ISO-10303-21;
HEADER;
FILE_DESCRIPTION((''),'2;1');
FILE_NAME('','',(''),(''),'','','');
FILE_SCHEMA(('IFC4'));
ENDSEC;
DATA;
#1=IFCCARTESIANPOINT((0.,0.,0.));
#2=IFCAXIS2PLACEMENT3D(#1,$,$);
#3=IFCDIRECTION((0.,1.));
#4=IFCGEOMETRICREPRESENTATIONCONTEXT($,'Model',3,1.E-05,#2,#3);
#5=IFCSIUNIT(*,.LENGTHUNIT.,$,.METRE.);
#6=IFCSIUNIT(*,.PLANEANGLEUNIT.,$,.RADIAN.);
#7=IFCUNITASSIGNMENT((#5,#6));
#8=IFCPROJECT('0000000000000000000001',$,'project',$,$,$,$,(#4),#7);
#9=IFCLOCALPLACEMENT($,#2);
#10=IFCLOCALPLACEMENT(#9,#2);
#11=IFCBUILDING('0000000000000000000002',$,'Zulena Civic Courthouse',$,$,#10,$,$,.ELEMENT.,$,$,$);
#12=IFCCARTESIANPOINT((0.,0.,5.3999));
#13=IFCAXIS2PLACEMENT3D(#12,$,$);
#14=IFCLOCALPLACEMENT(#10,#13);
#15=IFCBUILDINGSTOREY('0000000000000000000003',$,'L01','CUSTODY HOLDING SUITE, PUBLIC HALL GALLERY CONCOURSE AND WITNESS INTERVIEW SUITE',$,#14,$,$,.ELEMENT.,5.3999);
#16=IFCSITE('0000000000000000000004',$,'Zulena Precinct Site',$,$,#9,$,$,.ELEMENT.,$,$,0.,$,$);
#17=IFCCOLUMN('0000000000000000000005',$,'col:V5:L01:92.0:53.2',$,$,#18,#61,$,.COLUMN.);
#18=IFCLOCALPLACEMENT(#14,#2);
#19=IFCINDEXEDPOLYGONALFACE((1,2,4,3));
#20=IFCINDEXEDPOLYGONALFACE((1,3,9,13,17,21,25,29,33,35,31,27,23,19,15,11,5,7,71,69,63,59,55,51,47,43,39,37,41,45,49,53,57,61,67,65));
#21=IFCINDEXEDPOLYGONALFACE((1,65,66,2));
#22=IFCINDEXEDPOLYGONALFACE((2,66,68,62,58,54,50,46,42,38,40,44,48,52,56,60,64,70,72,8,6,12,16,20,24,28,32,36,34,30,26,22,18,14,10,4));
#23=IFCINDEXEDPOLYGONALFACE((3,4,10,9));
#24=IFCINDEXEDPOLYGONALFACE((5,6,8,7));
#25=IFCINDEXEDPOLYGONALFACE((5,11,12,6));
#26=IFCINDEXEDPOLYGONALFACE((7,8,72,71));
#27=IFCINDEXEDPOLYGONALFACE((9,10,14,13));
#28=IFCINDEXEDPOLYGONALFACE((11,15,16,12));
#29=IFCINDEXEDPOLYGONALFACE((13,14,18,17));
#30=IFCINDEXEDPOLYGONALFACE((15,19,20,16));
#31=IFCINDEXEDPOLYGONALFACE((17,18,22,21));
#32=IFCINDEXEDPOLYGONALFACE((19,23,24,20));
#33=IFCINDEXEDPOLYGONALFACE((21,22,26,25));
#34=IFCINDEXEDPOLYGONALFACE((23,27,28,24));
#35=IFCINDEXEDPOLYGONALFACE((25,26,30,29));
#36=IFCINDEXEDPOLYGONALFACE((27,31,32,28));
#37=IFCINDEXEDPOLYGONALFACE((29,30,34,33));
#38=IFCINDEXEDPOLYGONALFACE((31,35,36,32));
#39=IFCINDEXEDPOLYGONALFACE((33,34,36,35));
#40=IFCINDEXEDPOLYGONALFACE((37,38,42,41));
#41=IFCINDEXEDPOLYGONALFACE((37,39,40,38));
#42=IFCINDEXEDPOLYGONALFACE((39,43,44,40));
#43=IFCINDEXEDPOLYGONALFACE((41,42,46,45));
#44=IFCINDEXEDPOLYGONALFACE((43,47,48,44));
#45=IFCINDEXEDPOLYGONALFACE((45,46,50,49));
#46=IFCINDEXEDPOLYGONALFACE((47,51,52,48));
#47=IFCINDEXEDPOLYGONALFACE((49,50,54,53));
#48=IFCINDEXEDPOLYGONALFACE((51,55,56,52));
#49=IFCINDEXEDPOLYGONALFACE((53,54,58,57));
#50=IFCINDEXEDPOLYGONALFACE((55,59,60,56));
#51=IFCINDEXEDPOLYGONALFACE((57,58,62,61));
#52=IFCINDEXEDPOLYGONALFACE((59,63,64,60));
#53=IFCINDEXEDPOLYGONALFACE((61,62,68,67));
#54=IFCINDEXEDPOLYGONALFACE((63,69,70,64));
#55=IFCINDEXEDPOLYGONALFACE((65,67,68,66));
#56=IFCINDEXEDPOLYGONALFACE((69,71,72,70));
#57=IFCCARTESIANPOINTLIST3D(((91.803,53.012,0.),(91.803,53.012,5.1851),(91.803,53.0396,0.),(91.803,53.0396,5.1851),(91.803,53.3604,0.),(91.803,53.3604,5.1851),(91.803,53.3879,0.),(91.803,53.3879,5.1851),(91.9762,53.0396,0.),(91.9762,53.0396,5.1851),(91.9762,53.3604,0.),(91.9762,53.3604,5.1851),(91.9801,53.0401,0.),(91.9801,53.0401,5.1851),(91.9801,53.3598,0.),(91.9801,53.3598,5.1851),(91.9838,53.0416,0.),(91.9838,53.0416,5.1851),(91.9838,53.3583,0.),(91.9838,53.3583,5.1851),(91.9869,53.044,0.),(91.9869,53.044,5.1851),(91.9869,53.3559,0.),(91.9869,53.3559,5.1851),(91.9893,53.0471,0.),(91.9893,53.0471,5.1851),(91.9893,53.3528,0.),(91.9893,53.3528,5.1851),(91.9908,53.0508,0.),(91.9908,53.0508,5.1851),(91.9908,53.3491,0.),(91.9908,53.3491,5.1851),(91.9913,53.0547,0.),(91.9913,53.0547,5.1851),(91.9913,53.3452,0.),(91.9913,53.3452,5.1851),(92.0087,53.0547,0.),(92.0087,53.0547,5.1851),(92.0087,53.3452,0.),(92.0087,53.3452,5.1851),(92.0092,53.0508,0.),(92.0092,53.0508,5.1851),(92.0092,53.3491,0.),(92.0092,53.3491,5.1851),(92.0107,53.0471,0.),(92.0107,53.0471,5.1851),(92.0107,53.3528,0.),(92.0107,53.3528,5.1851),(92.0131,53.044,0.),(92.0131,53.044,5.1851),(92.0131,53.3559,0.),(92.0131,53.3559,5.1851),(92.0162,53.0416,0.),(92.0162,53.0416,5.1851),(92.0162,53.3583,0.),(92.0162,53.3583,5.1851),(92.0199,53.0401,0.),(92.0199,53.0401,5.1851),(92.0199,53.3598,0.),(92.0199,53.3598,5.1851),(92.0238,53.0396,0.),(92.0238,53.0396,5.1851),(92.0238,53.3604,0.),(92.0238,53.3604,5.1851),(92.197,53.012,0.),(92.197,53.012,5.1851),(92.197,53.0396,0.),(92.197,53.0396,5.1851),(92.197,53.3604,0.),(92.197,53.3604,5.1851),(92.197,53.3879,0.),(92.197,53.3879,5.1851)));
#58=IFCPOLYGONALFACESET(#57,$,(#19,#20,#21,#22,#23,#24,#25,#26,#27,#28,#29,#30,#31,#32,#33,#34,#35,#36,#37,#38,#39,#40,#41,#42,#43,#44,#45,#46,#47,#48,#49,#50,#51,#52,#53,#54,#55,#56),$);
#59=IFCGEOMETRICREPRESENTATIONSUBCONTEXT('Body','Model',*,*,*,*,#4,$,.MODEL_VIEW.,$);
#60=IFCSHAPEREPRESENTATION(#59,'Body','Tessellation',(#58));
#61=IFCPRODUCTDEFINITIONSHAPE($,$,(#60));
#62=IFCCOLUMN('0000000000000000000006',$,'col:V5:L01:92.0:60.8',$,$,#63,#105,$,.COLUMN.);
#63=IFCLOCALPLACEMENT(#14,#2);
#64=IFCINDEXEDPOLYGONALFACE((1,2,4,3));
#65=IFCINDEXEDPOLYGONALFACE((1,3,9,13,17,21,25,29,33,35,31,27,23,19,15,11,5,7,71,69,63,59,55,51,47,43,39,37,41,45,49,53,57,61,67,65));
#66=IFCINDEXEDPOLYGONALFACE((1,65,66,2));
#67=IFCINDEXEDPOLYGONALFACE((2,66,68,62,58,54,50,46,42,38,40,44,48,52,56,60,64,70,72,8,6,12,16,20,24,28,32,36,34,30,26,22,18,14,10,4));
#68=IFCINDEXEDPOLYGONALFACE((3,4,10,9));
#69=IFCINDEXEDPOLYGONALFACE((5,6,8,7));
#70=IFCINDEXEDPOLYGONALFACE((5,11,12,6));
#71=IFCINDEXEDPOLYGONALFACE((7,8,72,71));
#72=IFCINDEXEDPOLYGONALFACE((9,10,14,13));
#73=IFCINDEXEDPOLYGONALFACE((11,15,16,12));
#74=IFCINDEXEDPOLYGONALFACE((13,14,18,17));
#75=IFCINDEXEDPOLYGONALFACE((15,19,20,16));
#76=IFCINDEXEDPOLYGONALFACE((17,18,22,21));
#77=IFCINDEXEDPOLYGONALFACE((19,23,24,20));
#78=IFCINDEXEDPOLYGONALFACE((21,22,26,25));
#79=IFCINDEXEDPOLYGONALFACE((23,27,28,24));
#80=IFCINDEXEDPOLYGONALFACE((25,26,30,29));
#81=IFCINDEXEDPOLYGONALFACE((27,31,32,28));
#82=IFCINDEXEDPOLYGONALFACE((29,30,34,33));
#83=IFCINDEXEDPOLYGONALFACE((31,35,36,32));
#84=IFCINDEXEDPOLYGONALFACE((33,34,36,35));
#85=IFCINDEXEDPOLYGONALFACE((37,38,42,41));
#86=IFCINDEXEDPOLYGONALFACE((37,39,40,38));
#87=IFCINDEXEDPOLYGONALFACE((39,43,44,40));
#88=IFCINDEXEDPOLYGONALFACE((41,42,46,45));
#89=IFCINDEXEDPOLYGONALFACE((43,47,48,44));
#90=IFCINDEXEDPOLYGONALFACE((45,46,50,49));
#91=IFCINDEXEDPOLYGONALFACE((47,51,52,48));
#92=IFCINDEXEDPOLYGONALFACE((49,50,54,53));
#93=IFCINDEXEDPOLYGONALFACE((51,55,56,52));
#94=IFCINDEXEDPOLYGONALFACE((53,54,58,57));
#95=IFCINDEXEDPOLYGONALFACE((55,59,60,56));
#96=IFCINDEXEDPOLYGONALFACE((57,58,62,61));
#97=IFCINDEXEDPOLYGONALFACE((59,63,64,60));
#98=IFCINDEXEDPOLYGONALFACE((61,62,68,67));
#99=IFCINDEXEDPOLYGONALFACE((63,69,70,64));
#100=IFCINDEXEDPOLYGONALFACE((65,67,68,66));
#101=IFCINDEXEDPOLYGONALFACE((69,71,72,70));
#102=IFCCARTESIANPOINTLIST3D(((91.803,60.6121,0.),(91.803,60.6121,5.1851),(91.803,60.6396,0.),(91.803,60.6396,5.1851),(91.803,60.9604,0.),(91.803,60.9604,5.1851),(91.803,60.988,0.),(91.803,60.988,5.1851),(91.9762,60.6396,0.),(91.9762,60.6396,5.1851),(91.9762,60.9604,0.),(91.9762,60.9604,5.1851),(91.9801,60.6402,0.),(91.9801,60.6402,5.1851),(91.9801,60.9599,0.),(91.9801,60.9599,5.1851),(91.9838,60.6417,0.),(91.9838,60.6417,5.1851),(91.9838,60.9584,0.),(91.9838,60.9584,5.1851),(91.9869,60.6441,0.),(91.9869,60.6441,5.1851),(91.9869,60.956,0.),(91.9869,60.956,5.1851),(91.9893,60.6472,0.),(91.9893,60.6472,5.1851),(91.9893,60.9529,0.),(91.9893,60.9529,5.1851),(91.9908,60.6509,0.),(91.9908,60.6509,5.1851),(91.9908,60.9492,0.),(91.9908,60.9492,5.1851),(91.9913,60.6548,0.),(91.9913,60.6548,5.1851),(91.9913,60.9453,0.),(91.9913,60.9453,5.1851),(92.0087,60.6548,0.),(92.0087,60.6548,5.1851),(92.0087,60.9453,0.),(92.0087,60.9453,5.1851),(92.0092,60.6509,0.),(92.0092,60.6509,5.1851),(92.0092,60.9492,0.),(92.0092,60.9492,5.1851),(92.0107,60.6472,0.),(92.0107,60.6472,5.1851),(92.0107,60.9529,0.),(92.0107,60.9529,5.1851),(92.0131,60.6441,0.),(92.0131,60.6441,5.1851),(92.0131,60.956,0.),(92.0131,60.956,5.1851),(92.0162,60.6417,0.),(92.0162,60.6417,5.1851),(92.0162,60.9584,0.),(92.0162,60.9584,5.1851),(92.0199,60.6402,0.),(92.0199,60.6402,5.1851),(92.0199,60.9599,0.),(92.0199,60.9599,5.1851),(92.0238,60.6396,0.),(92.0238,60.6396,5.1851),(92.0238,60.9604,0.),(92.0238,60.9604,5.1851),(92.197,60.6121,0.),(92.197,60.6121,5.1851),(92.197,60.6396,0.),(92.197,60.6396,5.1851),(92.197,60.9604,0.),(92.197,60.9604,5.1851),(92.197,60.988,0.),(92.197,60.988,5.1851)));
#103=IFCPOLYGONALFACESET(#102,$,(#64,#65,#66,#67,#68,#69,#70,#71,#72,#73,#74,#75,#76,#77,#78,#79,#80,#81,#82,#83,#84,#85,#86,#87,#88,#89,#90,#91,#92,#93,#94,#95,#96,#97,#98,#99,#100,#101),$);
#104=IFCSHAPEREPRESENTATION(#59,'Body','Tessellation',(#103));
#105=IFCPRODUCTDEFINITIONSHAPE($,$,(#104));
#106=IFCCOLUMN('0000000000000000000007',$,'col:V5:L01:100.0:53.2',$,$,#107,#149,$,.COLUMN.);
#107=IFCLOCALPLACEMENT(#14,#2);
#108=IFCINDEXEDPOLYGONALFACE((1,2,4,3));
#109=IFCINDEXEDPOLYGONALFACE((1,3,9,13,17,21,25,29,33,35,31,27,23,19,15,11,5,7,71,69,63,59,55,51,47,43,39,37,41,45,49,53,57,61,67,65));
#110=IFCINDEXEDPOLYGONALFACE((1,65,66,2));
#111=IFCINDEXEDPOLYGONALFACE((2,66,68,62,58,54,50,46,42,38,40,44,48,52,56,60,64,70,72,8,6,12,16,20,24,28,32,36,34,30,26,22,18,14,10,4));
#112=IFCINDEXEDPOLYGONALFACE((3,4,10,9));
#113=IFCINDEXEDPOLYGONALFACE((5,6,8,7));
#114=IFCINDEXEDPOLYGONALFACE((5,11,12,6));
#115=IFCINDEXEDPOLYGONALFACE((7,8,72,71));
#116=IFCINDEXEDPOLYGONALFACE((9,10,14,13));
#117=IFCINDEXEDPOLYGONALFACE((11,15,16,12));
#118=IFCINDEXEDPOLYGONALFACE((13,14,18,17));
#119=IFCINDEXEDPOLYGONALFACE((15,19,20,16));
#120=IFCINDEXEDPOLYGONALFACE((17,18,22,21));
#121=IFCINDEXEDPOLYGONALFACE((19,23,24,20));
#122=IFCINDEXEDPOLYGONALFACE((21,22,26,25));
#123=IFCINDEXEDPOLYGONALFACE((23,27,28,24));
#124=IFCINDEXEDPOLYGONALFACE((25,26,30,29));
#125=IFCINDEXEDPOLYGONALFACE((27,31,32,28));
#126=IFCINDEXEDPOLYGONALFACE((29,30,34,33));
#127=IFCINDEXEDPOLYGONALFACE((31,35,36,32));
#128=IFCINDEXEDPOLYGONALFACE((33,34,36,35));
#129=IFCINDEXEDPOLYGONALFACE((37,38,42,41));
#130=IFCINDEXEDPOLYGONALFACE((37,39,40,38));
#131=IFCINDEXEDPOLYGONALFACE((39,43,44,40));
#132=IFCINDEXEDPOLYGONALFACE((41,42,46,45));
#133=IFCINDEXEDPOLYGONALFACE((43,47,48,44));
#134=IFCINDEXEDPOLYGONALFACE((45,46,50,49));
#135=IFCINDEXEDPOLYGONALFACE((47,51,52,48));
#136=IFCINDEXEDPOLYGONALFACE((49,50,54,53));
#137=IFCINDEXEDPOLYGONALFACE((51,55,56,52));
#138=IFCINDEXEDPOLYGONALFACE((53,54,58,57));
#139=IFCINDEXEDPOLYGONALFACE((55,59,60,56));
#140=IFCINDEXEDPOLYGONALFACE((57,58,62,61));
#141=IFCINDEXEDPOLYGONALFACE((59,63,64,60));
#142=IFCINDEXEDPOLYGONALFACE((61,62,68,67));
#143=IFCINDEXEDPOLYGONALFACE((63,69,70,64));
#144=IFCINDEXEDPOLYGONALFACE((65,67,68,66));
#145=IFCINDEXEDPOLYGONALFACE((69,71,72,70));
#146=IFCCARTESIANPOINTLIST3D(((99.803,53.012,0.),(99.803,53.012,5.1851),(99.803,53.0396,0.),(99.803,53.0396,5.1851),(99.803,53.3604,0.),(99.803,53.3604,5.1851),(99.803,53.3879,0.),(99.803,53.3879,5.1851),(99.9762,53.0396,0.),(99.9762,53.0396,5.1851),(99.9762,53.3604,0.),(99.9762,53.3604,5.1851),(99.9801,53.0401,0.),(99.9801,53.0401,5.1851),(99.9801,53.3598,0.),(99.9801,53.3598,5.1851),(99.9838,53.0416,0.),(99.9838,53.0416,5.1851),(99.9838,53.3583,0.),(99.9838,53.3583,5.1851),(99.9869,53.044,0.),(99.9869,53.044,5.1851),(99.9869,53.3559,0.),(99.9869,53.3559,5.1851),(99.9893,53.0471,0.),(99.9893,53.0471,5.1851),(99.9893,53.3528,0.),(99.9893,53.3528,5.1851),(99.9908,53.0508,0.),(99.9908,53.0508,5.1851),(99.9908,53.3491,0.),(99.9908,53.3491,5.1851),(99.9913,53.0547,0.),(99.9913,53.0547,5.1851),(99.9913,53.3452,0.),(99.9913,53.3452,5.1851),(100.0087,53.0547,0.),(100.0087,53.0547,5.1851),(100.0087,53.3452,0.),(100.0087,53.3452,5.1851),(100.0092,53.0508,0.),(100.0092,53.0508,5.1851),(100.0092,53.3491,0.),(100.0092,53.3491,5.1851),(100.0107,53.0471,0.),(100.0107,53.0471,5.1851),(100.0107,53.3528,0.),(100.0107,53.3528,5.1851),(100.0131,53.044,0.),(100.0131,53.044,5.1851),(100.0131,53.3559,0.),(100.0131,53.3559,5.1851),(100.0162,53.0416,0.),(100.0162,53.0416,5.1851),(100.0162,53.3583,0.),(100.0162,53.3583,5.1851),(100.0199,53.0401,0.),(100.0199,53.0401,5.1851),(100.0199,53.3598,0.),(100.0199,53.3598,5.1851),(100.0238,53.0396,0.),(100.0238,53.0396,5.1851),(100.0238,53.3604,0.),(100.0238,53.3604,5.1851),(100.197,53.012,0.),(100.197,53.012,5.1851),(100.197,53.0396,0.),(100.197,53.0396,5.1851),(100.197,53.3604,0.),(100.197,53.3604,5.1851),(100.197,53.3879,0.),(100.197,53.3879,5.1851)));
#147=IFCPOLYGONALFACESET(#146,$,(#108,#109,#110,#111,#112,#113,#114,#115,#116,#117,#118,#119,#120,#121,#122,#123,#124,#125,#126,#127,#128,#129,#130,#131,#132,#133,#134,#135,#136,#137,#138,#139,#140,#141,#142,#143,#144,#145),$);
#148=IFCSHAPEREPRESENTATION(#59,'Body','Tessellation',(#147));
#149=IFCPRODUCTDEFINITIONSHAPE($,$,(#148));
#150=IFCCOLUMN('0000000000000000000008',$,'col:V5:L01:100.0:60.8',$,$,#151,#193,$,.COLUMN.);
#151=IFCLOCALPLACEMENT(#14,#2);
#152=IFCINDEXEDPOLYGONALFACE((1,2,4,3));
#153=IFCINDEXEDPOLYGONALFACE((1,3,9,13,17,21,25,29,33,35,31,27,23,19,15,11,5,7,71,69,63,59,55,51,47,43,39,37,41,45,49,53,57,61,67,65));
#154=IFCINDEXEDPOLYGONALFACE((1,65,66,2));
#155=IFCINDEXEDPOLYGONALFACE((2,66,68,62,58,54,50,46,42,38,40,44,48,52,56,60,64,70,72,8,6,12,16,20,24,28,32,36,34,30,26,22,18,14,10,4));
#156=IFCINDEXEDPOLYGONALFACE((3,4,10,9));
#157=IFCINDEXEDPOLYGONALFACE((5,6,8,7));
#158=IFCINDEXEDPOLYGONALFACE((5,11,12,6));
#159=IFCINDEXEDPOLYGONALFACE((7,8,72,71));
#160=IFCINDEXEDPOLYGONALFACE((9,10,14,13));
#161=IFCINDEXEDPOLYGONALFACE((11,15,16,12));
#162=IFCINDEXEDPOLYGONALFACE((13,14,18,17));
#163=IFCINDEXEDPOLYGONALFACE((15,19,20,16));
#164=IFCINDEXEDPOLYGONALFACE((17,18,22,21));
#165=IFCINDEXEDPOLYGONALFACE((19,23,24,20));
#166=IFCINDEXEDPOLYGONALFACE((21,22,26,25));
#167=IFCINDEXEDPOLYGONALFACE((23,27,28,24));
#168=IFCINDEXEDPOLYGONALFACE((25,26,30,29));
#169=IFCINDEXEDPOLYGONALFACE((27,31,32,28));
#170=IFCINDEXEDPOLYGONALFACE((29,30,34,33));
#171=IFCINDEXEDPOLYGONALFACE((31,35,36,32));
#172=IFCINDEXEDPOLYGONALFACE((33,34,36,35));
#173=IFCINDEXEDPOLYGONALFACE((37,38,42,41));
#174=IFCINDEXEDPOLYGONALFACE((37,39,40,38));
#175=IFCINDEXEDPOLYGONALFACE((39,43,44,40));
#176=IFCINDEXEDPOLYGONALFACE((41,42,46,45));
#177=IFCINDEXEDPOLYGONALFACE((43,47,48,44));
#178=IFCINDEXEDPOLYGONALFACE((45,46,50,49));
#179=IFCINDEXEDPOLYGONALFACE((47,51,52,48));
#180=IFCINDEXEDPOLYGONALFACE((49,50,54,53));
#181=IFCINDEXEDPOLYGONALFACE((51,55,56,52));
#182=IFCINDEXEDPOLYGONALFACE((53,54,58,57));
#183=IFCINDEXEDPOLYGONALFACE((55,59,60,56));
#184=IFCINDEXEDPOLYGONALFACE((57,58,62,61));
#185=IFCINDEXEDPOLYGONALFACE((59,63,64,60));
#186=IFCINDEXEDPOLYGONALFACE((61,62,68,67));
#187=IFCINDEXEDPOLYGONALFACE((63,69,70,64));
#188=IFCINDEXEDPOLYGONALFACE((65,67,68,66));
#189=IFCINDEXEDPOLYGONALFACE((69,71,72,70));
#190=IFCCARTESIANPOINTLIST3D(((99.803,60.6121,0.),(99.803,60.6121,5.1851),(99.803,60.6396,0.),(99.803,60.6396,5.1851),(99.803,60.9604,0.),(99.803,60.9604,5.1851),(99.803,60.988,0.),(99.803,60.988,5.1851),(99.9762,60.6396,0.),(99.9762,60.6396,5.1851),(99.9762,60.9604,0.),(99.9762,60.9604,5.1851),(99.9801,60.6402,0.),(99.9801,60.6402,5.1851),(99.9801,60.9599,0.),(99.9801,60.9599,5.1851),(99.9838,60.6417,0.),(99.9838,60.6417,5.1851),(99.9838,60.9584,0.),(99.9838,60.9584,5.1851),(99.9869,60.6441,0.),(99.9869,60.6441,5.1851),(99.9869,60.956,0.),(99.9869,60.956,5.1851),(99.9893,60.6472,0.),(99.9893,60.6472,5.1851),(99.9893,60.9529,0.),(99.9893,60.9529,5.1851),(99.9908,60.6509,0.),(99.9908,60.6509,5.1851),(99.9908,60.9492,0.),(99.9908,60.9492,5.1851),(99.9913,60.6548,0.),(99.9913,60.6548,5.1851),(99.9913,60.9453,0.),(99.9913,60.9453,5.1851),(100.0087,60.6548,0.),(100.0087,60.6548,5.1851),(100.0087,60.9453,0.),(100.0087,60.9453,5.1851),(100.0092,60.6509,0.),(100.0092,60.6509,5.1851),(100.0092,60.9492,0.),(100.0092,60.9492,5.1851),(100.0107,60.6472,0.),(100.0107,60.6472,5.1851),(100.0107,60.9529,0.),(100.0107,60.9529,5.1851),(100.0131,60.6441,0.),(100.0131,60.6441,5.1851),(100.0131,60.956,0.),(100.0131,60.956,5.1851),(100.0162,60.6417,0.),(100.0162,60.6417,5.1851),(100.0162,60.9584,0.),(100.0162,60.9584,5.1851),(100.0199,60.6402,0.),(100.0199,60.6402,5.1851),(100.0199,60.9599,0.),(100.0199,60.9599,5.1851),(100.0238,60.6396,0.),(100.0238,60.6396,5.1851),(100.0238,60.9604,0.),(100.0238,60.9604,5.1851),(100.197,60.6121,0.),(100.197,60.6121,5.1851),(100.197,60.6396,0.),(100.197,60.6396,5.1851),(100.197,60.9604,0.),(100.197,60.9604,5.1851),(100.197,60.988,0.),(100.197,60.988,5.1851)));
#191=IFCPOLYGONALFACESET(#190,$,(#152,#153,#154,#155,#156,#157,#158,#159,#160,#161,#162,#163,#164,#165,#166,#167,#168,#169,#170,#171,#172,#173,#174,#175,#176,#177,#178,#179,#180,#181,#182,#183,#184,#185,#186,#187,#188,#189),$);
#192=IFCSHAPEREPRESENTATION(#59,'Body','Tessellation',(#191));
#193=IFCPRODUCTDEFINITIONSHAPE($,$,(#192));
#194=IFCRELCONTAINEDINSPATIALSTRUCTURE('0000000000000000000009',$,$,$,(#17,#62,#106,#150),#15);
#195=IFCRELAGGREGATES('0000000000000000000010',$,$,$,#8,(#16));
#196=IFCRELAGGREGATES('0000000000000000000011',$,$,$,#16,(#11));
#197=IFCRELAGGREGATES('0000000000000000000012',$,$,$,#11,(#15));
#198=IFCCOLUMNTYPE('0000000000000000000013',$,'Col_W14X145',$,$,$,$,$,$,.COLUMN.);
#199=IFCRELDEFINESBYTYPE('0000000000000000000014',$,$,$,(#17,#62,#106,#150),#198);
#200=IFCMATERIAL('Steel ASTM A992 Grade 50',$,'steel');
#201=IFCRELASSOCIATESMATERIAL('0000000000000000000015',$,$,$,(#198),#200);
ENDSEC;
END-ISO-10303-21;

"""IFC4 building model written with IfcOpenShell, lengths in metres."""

from ifc_helpers import new_model, si_unit, direction, frame, origin, origin_2d, place, context, subcontext, project, spatial, i_section, extrude, material, material_profile, profile_set, type_object, element, save


model = new_model("IFC4")

# Units and contexts
model_context = context("Model", 3, precision=1e-05, world=origin(), true_north=direction((0.0, 1.0)))
body_context = subcontext(model_context, "Body", "Model", "MODEL_VIEW")
ifc_project = project(units=[si_unit("LENGTHUNIT", "METRE"), si_unit("PLANEANGLEUNIT", "RADIAN")], contexts=[model_context])

# Site, building, storey
site_placement = place(None, origin())
site = spatial("IfcSite", under=ifc_project, at=site_placement, Name="Zulena Precinct Site", CompositionType="ELEMENT", RefElevation=0.0)
building_placement = place(site_placement, origin())
building = spatial("IfcBuilding", under=site, at=building_placement, Name="Zulena Civic Courthouse", CompositionType="ELEMENT")
storey_placement = place(building_placement, frame((0.0, 0.0, 5.3999)))
storey = spatial("IfcBuildingStorey", under=building, at=storey_placement, Name="L01", Description="CUSTODY HOLDING SUITE, PUBLIC HALL GALLERY CONCOURSE AND WITNESS INTERVIEW SUITE", CompositionType="ELEMENT", Elevation=5.3999)

# Columns
ifc_material_1 = material(Name="Steel ASTM A992 Grade 50", Category="steel")
ifc_material_profile_1 = material_profile(ifc_material_1, i_section(OverallWidth=0.394, OverallDepth=0.376, WebThickness=0.0173, FlangeThickness=0.0276, FilletRadius=0.0151, at=origin_2d()), Name="W14X145")
ifc_profile_set_1 = profile_set([ifc_material_profile_1], Name="Steel ASTM A992 Grade 50")
column_type_1 = type_object("IfcColumnType", Name="Col_W14X145", PredefinedType="COLUMN", material=ifc_profile_set_1)
for number, where, z_axis, x_axis, name in (
    (1, (92.0, 53.2, 0.0), (0.0, 0.0, 1.0), (1.0, 0.0, 0.0), "col:V5:L01:92.0:53.2"),
    (2, (92.0, 60.8, 0.0), (0.0, 0.0, 1.0), (1.0, 0.0, 0.0), "col:V5:L01:92.0:60.8"),
    (3, (100.0, 53.2, 0.0), (0.0, 0.0, 1.0), (1.0, 0.0, 0.0), "col:V5:L01:100.0:53.2"),
    (4, (100.0, 60.8, 0.0), (0.0, 0.0, 1.0), (1.0, 0.0, 0.0), "col:V5:L01:100.0:60.8"),
):
    element("IfcColumn", number, at=place(storey_placement, frame(where, z_axis=z_axis, x_axis=x_axis)), inside=storey, type_object=column_type_1, Name=name, PredefinedType="COLUMN", context=body_context, shape_type="SweptSolid", body=[
        extrude(i_section(OverallWidth=0.394, OverallDepth=0.376, WebThickness=0.0173, FlangeThickness=0.0276, FilletRadius=0.0151, at=origin_2d()), origin(), (0.0, 0.0, 1.0), 5.1851),
    ])

save(model, "model.ifc")
